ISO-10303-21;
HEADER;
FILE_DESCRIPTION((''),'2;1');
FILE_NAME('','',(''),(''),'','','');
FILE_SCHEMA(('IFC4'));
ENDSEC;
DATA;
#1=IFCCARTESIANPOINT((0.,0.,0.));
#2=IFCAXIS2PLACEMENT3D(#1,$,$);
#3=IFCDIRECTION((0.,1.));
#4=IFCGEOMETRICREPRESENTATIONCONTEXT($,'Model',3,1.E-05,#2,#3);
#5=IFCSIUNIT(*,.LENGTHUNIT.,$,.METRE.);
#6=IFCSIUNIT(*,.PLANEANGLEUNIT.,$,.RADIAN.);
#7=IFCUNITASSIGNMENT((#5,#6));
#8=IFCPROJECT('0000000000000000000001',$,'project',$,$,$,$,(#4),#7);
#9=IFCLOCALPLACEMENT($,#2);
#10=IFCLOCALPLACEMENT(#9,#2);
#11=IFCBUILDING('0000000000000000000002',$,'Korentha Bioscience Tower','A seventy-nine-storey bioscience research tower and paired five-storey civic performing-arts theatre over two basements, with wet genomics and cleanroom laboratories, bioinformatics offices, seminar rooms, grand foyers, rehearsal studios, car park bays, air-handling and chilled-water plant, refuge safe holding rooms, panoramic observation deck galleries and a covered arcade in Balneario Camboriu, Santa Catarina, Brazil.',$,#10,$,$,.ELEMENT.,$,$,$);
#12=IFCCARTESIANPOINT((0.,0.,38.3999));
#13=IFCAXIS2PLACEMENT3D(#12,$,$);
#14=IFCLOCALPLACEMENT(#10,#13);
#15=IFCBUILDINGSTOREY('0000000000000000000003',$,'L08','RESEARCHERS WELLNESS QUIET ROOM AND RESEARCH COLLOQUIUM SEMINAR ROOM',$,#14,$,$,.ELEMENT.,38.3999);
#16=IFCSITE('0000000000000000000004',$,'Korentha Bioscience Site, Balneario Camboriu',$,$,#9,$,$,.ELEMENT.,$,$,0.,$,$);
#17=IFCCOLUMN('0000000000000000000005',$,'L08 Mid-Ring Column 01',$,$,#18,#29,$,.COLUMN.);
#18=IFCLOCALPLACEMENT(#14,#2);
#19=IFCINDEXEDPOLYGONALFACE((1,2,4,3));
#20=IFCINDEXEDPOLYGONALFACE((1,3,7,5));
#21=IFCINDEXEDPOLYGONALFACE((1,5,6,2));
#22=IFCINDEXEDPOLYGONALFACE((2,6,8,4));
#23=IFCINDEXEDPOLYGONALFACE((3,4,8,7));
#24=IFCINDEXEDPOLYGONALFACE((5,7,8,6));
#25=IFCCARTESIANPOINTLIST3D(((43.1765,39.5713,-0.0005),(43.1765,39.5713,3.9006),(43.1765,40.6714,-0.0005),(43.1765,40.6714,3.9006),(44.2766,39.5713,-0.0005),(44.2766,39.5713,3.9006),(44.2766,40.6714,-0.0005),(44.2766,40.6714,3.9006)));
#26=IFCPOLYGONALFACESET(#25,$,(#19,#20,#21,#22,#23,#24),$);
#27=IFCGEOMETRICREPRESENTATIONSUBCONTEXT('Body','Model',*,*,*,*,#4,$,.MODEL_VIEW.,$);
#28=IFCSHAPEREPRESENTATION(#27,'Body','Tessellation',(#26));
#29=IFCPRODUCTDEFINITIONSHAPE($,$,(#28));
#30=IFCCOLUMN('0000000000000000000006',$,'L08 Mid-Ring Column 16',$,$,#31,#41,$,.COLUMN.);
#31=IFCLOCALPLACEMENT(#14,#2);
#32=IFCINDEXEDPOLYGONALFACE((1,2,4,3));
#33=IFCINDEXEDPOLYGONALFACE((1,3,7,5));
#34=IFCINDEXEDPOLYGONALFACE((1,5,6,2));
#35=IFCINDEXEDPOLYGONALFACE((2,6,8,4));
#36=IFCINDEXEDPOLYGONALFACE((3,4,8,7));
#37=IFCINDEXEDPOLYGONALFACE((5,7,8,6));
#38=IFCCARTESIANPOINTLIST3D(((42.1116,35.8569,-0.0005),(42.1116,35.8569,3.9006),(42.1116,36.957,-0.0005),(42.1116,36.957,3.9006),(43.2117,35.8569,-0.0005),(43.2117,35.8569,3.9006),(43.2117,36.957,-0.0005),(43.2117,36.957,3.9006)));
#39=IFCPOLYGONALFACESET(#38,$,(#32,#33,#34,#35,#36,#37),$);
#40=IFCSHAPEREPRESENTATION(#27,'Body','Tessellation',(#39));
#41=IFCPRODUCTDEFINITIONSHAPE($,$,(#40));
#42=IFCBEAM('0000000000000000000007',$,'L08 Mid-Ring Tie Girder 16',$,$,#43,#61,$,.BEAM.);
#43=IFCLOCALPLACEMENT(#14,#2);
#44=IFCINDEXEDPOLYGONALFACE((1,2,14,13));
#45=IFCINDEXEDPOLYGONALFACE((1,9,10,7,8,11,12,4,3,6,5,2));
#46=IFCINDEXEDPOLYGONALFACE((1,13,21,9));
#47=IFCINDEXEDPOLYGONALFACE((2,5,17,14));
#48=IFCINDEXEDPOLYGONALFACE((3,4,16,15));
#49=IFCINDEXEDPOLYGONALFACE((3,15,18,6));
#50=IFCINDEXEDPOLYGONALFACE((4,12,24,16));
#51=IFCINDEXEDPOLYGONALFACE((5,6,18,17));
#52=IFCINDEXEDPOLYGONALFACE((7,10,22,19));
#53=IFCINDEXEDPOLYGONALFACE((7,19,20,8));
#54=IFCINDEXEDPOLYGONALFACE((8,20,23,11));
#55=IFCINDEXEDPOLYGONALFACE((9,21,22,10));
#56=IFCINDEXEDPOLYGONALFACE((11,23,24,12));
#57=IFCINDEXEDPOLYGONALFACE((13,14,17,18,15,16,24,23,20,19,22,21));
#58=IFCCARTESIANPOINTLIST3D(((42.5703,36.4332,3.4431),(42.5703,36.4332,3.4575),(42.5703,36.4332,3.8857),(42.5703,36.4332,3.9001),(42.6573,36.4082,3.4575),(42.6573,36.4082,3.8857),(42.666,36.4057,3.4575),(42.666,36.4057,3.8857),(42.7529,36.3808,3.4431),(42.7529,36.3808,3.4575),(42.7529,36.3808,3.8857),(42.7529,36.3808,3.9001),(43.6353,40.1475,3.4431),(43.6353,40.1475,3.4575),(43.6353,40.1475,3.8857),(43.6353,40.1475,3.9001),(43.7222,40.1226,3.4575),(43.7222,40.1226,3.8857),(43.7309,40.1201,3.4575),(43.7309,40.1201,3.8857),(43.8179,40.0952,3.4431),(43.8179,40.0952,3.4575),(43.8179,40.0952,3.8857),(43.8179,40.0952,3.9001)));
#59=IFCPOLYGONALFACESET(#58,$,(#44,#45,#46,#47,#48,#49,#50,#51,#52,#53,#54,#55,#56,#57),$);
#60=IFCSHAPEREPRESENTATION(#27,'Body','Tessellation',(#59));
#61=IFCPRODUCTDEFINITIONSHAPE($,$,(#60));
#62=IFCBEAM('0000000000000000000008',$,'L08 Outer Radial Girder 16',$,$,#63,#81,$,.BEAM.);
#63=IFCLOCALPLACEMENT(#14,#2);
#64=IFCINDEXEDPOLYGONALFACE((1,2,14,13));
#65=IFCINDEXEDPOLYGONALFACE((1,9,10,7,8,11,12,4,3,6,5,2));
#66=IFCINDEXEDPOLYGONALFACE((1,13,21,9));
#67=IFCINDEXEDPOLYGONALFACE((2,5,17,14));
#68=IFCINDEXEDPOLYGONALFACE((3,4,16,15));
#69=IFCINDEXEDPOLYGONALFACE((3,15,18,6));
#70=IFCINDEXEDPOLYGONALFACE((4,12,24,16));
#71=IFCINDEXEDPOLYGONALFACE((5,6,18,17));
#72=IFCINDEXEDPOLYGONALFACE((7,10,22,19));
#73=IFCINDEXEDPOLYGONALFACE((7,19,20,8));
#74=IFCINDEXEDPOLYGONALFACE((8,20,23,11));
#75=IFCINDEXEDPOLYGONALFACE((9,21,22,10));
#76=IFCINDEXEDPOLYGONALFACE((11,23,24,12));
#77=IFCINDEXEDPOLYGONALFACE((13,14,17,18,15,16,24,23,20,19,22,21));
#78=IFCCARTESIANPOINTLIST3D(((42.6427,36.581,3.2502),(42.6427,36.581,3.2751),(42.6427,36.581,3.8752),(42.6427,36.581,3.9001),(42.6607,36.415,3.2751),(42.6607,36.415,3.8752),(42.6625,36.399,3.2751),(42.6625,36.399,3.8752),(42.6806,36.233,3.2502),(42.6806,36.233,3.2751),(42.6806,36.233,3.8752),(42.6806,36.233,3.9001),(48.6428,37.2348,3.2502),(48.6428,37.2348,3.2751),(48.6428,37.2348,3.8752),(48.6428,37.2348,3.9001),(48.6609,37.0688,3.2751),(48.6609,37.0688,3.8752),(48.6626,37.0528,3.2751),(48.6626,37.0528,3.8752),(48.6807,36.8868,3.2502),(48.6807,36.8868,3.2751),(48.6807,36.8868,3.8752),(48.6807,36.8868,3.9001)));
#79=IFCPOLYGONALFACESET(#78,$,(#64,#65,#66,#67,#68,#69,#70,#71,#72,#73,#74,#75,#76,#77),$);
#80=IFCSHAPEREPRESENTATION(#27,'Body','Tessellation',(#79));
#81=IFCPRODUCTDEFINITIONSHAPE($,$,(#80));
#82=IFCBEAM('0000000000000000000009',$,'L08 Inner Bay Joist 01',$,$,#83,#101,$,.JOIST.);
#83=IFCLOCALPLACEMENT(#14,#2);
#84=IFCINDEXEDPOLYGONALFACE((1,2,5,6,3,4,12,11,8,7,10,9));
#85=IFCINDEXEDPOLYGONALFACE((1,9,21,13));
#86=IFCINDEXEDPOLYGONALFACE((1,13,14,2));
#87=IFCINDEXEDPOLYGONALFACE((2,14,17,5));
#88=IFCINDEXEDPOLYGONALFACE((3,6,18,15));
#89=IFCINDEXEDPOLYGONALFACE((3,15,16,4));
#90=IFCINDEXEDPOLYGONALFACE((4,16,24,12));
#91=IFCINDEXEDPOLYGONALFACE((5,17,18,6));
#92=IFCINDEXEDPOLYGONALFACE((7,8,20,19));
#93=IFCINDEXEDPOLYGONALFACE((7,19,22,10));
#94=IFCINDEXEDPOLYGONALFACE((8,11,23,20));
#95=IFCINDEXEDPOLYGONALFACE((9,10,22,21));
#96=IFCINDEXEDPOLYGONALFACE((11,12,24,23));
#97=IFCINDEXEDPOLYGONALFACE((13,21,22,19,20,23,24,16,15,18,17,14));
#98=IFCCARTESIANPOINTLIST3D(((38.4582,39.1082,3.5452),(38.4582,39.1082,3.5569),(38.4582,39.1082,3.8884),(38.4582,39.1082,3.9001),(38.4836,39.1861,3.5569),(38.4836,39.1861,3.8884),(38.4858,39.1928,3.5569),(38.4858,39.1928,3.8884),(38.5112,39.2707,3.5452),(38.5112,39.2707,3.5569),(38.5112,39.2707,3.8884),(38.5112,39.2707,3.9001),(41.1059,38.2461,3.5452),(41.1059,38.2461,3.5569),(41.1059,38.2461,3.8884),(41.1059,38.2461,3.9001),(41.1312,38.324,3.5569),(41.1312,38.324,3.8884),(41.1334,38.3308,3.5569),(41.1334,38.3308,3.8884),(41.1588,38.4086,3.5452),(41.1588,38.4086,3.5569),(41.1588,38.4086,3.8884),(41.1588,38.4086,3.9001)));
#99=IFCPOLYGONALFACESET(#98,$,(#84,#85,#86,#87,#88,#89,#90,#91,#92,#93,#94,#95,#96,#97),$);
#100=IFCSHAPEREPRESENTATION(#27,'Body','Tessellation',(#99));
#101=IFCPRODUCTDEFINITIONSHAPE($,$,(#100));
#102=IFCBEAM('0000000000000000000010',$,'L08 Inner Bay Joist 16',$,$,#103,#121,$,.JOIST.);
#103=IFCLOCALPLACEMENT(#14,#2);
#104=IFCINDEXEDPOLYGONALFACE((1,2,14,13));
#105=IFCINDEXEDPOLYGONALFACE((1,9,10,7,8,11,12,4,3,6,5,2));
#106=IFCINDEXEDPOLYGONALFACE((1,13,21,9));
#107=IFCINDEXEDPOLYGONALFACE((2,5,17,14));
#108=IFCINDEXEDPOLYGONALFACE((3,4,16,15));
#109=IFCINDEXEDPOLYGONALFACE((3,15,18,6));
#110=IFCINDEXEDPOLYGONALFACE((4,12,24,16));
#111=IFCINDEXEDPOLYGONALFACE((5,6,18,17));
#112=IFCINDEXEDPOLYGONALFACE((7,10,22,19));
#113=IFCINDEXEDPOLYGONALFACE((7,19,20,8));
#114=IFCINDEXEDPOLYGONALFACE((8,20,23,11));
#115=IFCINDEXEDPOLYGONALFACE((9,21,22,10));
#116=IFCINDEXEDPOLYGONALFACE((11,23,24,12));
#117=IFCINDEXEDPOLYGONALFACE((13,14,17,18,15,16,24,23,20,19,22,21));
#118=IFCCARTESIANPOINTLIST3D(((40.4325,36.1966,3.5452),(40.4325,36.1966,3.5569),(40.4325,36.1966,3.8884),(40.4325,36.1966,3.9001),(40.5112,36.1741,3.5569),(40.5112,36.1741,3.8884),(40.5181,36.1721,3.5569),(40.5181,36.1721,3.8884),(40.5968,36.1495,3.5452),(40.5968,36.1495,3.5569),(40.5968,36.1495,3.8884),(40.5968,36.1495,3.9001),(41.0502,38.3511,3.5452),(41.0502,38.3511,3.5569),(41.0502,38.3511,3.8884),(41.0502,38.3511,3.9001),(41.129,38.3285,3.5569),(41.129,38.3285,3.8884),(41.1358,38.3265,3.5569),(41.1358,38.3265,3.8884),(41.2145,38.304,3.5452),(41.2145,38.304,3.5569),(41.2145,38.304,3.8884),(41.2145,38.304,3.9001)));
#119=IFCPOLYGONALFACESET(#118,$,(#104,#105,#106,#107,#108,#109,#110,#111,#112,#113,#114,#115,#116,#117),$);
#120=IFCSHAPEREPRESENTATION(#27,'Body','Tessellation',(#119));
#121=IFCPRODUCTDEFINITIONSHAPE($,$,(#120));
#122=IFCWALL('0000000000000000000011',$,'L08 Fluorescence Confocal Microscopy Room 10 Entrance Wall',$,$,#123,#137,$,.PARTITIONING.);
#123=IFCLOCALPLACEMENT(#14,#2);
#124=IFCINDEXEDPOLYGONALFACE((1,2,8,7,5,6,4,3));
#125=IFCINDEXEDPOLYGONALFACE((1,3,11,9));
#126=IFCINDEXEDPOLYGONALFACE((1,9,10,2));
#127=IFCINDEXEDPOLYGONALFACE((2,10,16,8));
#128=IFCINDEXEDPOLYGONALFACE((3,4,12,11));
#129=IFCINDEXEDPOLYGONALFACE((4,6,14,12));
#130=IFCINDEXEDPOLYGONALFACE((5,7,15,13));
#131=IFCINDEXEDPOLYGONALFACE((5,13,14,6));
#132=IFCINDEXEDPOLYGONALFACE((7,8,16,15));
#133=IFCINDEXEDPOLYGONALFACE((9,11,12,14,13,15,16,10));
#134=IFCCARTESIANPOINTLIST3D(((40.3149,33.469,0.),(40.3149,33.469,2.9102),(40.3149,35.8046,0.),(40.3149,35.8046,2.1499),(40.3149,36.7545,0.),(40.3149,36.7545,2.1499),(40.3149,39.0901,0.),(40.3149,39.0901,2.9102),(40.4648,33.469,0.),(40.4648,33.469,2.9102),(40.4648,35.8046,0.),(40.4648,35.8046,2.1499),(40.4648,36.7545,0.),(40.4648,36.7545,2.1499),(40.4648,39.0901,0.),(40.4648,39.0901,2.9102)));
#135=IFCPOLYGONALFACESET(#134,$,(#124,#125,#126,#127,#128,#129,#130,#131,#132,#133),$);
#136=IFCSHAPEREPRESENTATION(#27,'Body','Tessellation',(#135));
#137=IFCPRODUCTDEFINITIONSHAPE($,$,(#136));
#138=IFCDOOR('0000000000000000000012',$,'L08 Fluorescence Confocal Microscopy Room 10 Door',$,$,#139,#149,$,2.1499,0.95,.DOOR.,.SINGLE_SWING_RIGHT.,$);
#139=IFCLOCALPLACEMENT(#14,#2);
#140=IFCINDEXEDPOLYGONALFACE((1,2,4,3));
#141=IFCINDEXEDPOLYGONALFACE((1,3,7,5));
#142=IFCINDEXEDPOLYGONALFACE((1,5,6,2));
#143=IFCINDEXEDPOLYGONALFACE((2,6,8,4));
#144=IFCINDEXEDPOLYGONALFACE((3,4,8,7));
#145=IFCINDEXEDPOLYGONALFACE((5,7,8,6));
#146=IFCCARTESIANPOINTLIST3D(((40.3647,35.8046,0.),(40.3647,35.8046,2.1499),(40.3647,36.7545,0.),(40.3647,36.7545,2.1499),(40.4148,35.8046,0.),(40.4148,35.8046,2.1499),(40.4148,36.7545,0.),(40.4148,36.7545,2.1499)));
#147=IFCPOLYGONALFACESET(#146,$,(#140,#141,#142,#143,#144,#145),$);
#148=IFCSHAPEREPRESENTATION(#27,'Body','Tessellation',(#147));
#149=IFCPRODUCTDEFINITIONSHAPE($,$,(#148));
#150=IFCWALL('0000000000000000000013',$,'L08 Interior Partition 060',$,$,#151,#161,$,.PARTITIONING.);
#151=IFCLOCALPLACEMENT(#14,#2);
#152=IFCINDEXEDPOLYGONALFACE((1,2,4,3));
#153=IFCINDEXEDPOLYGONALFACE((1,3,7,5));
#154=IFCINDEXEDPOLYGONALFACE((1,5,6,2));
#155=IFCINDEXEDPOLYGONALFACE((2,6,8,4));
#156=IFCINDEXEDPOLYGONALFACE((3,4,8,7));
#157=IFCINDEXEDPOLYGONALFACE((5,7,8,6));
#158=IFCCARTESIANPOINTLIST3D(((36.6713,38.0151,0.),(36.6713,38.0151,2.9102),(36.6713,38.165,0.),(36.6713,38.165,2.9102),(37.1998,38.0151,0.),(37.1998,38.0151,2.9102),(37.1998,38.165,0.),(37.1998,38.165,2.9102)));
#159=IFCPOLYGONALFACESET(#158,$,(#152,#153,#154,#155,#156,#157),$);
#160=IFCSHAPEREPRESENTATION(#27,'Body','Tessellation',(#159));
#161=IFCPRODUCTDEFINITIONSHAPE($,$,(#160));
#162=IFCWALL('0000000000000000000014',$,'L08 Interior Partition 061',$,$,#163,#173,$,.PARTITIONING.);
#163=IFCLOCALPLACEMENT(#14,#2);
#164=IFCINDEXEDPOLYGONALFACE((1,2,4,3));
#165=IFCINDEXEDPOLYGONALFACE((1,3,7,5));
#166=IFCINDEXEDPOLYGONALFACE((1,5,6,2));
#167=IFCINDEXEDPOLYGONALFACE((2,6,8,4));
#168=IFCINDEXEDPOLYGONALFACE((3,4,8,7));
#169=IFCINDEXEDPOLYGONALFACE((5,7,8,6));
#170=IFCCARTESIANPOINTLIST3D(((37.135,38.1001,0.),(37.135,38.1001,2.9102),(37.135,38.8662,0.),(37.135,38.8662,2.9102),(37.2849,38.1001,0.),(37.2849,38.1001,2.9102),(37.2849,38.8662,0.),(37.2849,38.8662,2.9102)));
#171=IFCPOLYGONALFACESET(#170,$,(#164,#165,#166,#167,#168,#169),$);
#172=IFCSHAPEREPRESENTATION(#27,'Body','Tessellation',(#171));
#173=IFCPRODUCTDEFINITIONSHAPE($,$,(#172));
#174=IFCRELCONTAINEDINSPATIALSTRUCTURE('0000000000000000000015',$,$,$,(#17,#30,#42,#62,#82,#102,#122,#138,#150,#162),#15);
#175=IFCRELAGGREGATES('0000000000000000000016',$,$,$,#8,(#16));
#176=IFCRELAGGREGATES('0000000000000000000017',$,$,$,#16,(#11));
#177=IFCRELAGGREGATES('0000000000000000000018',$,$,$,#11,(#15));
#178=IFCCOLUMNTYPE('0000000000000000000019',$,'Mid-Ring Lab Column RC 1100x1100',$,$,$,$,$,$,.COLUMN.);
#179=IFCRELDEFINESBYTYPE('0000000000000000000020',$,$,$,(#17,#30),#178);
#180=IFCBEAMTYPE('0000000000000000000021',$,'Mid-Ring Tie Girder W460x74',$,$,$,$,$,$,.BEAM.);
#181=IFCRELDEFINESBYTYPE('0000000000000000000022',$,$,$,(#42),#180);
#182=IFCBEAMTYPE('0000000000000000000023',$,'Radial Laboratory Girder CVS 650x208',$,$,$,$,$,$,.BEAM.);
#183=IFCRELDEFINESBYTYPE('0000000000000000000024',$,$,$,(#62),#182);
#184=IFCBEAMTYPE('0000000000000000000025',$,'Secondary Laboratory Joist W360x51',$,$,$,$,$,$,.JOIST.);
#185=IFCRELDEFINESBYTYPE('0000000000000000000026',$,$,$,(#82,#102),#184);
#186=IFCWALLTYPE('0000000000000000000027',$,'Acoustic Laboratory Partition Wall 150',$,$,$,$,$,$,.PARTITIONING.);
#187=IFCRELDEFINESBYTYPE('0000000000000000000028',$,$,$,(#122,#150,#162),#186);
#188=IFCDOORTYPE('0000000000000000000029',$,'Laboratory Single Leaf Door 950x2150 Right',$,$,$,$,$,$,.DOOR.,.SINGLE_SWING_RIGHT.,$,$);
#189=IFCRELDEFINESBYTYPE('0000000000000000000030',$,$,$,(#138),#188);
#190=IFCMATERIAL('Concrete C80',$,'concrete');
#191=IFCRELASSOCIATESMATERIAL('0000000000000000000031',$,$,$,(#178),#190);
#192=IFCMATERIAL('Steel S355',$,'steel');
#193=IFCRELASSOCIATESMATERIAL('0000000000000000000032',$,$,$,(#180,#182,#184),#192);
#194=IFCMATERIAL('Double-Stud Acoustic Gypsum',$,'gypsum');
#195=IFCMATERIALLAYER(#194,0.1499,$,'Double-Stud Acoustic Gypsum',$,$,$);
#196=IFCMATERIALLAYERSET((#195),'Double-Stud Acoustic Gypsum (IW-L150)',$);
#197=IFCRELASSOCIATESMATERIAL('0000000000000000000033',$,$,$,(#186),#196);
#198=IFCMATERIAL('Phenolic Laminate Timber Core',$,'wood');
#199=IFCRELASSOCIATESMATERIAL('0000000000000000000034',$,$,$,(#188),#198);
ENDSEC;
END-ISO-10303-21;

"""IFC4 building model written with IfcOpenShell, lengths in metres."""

from ifc_helpers import new_model, si_unit, direction, frame, frame_2d, origin, origin_2d, place, context, subcontext, project, spatial, rectangle, i_section, extrude, material, layer, layer_set, material_profile, profile_set, type_object, element, fill, save


model = new_model("IFC4")

# Units and contexts
model_context = context("Model", 3, precision=1e-05, world=origin(), true_north=direction((0.0, 1.0)))
body_context = subcontext(model_context, "Body", "Model", "MODEL_VIEW")
ifc_project = project(units=[si_unit("LENGTHUNIT", "METRE"), si_unit("PLANEANGLEUNIT", "RADIAN")], contexts=[model_context])

# Site, building, storey
site_placement = place(None, origin())
site = spatial("IfcSite", under=ifc_project, at=site_placement, Name="Korentha Bioscience Site, Balneario Camboriu", CompositionType="ELEMENT", RefElevation=0.0)
building_placement = place(site_placement, origin())
building = spatial("IfcBuilding", under=site, at=building_placement, Name="Korentha Bioscience Tower", Description="A seventy-nine-storey bioscience research tower and paired five-storey civic performing-arts theatre over two basements, with wet genomics and cleanroom laboratories, bioinformatics offices, seminar rooms, grand foyers, rehearsal studios, car park bays, air-handling and chilled-water plant, refuge safe holding rooms, panoramic observation deck galleries and a covered arcade in Balneario Camboriu, Santa Catarina, Brazil.", CompositionType="ELEMENT")
storey_placement = place(building_placement, frame((0.0, 0.0, 38.3999)))
storey = spatial("IfcBuildingStorey", under=building, at=storey_placement, Name="L08", Description="RESEARCHERS WELLNESS QUIET ROOM AND RESEARCH COLLOQUIUM SEMINAR ROOM", CompositionType="ELEMENT", Elevation=38.3999)

# Columns
ifc_material_1 = material(Name="Concrete C80", Category="concrete")
ifc_material_profile_1 = material_profile(ifc_material_1, rectangle(XDim=1.1001, YDim=1.1001, at=origin_2d()), Name="Concrete C80")
ifc_profile_set_1 = profile_set([ifc_material_profile_1], Name="Concrete C80 (COL-MR11)")
column_type = type_object("IfcColumnType", Name="Mid-Ring Lab Column RC 1100x1100", PredefinedType="COLUMN", material=ifc_profile_set_1)
for number, where, z_axis, x_axis, name in (
    (1, (43.7266, 40.1213, -0.0005), (0.0, 0.0, 1.0), (1.0, 0.0, 0.0), "L08 Mid-Ring Column 01"),
    (2, (42.6616, 36.407, -0.0005), (0.0, 0.0, 1.0), (1.0, 0.0, 0.0), "L08 Mid-Ring Column 16"),
):
    element("IfcColumn", number, at=place(storey_placement, frame(where, z_axis=z_axis, x_axis=x_axis)), inside=storey, type_object=column_type, Name=name, PredefinedType="COLUMN", context=body_context, shape_type="SweptSolid", body=[
        extrude(rectangle(XDim=1.1001, YDim=1.1001, at=origin_2d()), origin(), (0.0, 0.0, 1.0), 3.9011),
    ])

# Beams
ifc_material_2 = material(Name="Steel S355", Category="steel")
ifc_material_profile_2 = material_profile(ifc_material_2, i_section(OverallWidth=0.1899, OverallDepth=0.457, WebThickness=0.009, FlangeThickness=0.0144, at=origin_2d()), Name="Steel S355")
ifc_profile_set_2 = profile_set([ifc_material_profile_2], Name="Steel S355 (MB-460)")
beam_type_1 = type_object("IfcBeamType", Name="Mid-Ring Tie Girder W460x74", PredefinedType="BEAM", material=ifc_profile_set_2)
beam_1_placement = place(storey_placement, frame((42.6616, 36.407, 3.6716), z_axis=(0.275606, 0.961271, 0.0), x_axis=(-0.961271, 0.275606, 0.0)))
element("IfcBeam", 3, at=beam_1_placement, inside=storey, type_object=beam_type_1, Name="L08 Mid-Ring Tie Girder 16", PredefinedType="BEAM", context=body_context, shape_type="SweptSolid", body=[
    extrude(i_section(OverallWidth=0.1899, OverallDepth=0.457, WebThickness=0.009, FlangeThickness=0.0144, at=origin_2d()), origin(), (0.0, 0.0, 1.0), 3.864),
])
ifc_material_profile_3 = material_profile(ifc_material_2, i_section(OverallWidth=0.3501, OverallDepth=0.6499, WebThickness=0.0161, FlangeThickness=0.0249, at=origin_2d()), Name="Steel S355")
ifc_profile_set_3 = profile_set([ifc_material_profile_3], Name="Steel S355 (RB-650)")
beam_type_2 = type_object("IfcBeamType", Name="Radial Laboratory Girder CVS 650x208", PredefinedType="BEAM", material=ifc_profile_set_3)
beam_2_placement = place(storey_placement, frame((42.6616, 36.407, 3.5752), z_axis=(0.994116, 0.108323, 0.0), x_axis=(-0.108323, 0.994116, 0.0)))
element("IfcBeam", 4, at=beam_2_placement, inside=storey, type_object=beam_type_2, Name="L08 Outer Radial Girder 16", PredefinedType="BEAM", context=body_context, shape_type="SweptSolid", body=[
    extrude(i_section(OverallWidth=0.3501, OverallDepth=0.6499, WebThickness=0.0161, FlangeThickness=0.0249, at=origin_2d()), origin(), (0.0, 0.0, 1.0), 6.0356),
])
ifc_material_profile_4 = material_profile(ifc_material_2, i_section(OverallWidth=0.1709, OverallDepth=0.355, WebThickness=0.0071, FlangeThickness=0.0117, at=origin_2d()), Name="Steel S355")
ifc_profile_set_4 = profile_set([ifc_material_profile_4], Name="Steel S355 (JB-360)")
beam_type_3 = type_object("IfcBeamType", Name="Secondary Laboratory Joist W360x51", PredefinedType="JOIST", material=ifc_profile_set_4)
beam_3_placement = place(storey_placement, frame((41.1323, 38.3274, 3.7227), z_axis=(-0.95087, 0.309592, 0.0), x_axis=(-0.309592, -0.95087, 0.0)))
element("IfcBeam", 5, at=beam_3_placement, inside=storey, type_object=beam_type_3, Name="L08 Inner Bay Joist 01", PredefinedType="JOIST", context=body_context, shape_type="SweptSolid", body=[
    extrude(i_section(OverallWidth=0.1709, OverallDepth=0.355, WebThickness=0.0071, FlangeThickness=0.0117, at=origin_2d()), origin(), (0.0, 0.0, 1.0), 2.7844),
])
beam_4_placement = place(storey_placement, frame((40.5146, 36.1731, 3.7227), z_axis=(0.275613, 0.961269, 0.0), x_axis=(-0.961269, 0.275613, 0.0)))
element("IfcBeam", 6, at=beam_4_placement, inside=storey, type_object=beam_type_3, Name="L08 Inner Bay Joist 16", PredefinedType="JOIST", context=body_context, shape_type="SweptSolid", body=[
    extrude(i_section(OverallWidth=0.1709, OverallDepth=0.355, WebThickness=0.0071, FlangeThickness=0.0117, at=origin_2d()), origin(), (0.0, 0.0, 1.0), 2.2412),
])

# Wall, opening, door
ifc_material_3 = material(Name="Double-Stud Acoustic Gypsum", Category="gypsum")
ifc_layer_1 = layer(ifc_material_3, 0.1499, Name="Double-Stud Acoustic Gypsum")
ifc_layer_set_1 = layer_set([ifc_layer_1], Name="Double-Stud Acoustic Gypsum (IW-L150)")
wall_type_1 = type_object("IfcWallType", Name="Acoustic Laboratory Partition Wall 150", PredefinedType="PARTITIONING", material=ifc_layer_set_1)
wall_1_placement = place(storey_placement, frame((40.3899, 39.0901, 0.0), z_axis=(0.0, 0.0, 1.0), x_axis=(0.0, -1.0, 0.0)))
wall_1 = element("IfcWall", 7, at=wall_1_placement, inside=storey, type_object=wall_type_1, Name="L08 Fluorescence Confocal Microscopy Room 10 Entrance Wall", PredefinedType="PARTITIONING", context=body_context, shape_type="SweptSolid", body=[
    extrude(rectangle(XDim=5.6211, YDim=0.1499, at=frame_2d((2.8105, 0.0))), origin(), (0.0, 0.0, 1.0), 2.9102),
])
opening_1_placement = place(wall_1_placement, frame((2.3354, 0.0, 0.0)))
opening_1 = element("IfcOpeningElement", 8, at=opening_1_placement, cuts=wall_1, PredefinedType="OPENING", context=body_context, shape_type="SweptSolid", body=[
    extrude(rectangle(XDim=0.95, YDim=2.1499, at=frame_2d((0.4751, 1.075))), frame((0.0, 0.0898, 0.0), z_axis=(0.0, -1.0, 0.0), x_axis=(1.0, 0.0, 0.0)), (0.0, 0.0, 1.0), 0.1797),
])
ifc_material_4 = material(Name="Phenolic Laminate Timber Core", Category="wood")
door_type_1 = type_object("IfcDoorType", Name="Laboratory Single Leaf Door 950x2150 Right", OperationType="SINGLE_SWING_RIGHT", PredefinedType="DOOR", material=ifc_material_4)
door_1_placement = place(opening_1_placement, origin())
door_1 = element("IfcDoor", 9, at=door_1_placement, inside=storey, type_object=door_type_1, Name="L08 Fluorescence Confocal Microscopy Room 10 Door", OperationType="SINGLE_SWING_RIGHT", OverallHeight=2.1499, OverallWidth=0.95, PredefinedType="DOOR", context=body_context, shape_type="SweptSolid", body=[
    extrude(rectangle(XDim=0.95, YDim=2.1499, at=frame_2d((0.4751, 1.075))), frame((0.0, 0.0249, 0.0), z_axis=(0.0, -1.0, 0.0), x_axis=(1.0, 0.0, 0.0)), (0.0, 0.0, 1.0), 0.05),
])
fill(opening_1, door_1)

# Walls
wall_2_placement = place(storey_placement, frame((36.6714, 38.0901, 0.0), z_axis=(0.0, 0.0, 1.0), x_axis=(1.0, 0.0, 0.0)))
element("IfcWall", 10, at=wall_2_placement, inside=storey, type_object=wall_type_1, Name="L08 Interior Partition 060", PredefinedType="PARTITIONING", context=body_context, shape_type="SweptSolid", body=[
    extrude(rectangle(XDim=0.5286, YDim=0.1499, at=frame_2d((0.2642, 0.0))), origin(), (0.0, 0.0, 1.0), 2.9102),
])
wall_3_placement = place(storey_placement, frame((37.21, 38.1001, 0.0), z_axis=(0.0, 0.0, 1.0), x_axis=(0.0, 1.0, 0.0)))
element("IfcWall", 11, at=wall_3_placement, inside=storey, type_object=wall_type_1, Name="L08 Interior Partition 061", PredefinedType="PARTITIONING", context=body_context, shape_type="SweptSolid", body=[
    extrude(rectangle(XDim=0.7661, YDim=0.1499, at=frame_2d((0.3831, 0.0))), origin(), (0.0, 0.0, 1.0), 2.9102),
])

save(model, "model.ifc")
